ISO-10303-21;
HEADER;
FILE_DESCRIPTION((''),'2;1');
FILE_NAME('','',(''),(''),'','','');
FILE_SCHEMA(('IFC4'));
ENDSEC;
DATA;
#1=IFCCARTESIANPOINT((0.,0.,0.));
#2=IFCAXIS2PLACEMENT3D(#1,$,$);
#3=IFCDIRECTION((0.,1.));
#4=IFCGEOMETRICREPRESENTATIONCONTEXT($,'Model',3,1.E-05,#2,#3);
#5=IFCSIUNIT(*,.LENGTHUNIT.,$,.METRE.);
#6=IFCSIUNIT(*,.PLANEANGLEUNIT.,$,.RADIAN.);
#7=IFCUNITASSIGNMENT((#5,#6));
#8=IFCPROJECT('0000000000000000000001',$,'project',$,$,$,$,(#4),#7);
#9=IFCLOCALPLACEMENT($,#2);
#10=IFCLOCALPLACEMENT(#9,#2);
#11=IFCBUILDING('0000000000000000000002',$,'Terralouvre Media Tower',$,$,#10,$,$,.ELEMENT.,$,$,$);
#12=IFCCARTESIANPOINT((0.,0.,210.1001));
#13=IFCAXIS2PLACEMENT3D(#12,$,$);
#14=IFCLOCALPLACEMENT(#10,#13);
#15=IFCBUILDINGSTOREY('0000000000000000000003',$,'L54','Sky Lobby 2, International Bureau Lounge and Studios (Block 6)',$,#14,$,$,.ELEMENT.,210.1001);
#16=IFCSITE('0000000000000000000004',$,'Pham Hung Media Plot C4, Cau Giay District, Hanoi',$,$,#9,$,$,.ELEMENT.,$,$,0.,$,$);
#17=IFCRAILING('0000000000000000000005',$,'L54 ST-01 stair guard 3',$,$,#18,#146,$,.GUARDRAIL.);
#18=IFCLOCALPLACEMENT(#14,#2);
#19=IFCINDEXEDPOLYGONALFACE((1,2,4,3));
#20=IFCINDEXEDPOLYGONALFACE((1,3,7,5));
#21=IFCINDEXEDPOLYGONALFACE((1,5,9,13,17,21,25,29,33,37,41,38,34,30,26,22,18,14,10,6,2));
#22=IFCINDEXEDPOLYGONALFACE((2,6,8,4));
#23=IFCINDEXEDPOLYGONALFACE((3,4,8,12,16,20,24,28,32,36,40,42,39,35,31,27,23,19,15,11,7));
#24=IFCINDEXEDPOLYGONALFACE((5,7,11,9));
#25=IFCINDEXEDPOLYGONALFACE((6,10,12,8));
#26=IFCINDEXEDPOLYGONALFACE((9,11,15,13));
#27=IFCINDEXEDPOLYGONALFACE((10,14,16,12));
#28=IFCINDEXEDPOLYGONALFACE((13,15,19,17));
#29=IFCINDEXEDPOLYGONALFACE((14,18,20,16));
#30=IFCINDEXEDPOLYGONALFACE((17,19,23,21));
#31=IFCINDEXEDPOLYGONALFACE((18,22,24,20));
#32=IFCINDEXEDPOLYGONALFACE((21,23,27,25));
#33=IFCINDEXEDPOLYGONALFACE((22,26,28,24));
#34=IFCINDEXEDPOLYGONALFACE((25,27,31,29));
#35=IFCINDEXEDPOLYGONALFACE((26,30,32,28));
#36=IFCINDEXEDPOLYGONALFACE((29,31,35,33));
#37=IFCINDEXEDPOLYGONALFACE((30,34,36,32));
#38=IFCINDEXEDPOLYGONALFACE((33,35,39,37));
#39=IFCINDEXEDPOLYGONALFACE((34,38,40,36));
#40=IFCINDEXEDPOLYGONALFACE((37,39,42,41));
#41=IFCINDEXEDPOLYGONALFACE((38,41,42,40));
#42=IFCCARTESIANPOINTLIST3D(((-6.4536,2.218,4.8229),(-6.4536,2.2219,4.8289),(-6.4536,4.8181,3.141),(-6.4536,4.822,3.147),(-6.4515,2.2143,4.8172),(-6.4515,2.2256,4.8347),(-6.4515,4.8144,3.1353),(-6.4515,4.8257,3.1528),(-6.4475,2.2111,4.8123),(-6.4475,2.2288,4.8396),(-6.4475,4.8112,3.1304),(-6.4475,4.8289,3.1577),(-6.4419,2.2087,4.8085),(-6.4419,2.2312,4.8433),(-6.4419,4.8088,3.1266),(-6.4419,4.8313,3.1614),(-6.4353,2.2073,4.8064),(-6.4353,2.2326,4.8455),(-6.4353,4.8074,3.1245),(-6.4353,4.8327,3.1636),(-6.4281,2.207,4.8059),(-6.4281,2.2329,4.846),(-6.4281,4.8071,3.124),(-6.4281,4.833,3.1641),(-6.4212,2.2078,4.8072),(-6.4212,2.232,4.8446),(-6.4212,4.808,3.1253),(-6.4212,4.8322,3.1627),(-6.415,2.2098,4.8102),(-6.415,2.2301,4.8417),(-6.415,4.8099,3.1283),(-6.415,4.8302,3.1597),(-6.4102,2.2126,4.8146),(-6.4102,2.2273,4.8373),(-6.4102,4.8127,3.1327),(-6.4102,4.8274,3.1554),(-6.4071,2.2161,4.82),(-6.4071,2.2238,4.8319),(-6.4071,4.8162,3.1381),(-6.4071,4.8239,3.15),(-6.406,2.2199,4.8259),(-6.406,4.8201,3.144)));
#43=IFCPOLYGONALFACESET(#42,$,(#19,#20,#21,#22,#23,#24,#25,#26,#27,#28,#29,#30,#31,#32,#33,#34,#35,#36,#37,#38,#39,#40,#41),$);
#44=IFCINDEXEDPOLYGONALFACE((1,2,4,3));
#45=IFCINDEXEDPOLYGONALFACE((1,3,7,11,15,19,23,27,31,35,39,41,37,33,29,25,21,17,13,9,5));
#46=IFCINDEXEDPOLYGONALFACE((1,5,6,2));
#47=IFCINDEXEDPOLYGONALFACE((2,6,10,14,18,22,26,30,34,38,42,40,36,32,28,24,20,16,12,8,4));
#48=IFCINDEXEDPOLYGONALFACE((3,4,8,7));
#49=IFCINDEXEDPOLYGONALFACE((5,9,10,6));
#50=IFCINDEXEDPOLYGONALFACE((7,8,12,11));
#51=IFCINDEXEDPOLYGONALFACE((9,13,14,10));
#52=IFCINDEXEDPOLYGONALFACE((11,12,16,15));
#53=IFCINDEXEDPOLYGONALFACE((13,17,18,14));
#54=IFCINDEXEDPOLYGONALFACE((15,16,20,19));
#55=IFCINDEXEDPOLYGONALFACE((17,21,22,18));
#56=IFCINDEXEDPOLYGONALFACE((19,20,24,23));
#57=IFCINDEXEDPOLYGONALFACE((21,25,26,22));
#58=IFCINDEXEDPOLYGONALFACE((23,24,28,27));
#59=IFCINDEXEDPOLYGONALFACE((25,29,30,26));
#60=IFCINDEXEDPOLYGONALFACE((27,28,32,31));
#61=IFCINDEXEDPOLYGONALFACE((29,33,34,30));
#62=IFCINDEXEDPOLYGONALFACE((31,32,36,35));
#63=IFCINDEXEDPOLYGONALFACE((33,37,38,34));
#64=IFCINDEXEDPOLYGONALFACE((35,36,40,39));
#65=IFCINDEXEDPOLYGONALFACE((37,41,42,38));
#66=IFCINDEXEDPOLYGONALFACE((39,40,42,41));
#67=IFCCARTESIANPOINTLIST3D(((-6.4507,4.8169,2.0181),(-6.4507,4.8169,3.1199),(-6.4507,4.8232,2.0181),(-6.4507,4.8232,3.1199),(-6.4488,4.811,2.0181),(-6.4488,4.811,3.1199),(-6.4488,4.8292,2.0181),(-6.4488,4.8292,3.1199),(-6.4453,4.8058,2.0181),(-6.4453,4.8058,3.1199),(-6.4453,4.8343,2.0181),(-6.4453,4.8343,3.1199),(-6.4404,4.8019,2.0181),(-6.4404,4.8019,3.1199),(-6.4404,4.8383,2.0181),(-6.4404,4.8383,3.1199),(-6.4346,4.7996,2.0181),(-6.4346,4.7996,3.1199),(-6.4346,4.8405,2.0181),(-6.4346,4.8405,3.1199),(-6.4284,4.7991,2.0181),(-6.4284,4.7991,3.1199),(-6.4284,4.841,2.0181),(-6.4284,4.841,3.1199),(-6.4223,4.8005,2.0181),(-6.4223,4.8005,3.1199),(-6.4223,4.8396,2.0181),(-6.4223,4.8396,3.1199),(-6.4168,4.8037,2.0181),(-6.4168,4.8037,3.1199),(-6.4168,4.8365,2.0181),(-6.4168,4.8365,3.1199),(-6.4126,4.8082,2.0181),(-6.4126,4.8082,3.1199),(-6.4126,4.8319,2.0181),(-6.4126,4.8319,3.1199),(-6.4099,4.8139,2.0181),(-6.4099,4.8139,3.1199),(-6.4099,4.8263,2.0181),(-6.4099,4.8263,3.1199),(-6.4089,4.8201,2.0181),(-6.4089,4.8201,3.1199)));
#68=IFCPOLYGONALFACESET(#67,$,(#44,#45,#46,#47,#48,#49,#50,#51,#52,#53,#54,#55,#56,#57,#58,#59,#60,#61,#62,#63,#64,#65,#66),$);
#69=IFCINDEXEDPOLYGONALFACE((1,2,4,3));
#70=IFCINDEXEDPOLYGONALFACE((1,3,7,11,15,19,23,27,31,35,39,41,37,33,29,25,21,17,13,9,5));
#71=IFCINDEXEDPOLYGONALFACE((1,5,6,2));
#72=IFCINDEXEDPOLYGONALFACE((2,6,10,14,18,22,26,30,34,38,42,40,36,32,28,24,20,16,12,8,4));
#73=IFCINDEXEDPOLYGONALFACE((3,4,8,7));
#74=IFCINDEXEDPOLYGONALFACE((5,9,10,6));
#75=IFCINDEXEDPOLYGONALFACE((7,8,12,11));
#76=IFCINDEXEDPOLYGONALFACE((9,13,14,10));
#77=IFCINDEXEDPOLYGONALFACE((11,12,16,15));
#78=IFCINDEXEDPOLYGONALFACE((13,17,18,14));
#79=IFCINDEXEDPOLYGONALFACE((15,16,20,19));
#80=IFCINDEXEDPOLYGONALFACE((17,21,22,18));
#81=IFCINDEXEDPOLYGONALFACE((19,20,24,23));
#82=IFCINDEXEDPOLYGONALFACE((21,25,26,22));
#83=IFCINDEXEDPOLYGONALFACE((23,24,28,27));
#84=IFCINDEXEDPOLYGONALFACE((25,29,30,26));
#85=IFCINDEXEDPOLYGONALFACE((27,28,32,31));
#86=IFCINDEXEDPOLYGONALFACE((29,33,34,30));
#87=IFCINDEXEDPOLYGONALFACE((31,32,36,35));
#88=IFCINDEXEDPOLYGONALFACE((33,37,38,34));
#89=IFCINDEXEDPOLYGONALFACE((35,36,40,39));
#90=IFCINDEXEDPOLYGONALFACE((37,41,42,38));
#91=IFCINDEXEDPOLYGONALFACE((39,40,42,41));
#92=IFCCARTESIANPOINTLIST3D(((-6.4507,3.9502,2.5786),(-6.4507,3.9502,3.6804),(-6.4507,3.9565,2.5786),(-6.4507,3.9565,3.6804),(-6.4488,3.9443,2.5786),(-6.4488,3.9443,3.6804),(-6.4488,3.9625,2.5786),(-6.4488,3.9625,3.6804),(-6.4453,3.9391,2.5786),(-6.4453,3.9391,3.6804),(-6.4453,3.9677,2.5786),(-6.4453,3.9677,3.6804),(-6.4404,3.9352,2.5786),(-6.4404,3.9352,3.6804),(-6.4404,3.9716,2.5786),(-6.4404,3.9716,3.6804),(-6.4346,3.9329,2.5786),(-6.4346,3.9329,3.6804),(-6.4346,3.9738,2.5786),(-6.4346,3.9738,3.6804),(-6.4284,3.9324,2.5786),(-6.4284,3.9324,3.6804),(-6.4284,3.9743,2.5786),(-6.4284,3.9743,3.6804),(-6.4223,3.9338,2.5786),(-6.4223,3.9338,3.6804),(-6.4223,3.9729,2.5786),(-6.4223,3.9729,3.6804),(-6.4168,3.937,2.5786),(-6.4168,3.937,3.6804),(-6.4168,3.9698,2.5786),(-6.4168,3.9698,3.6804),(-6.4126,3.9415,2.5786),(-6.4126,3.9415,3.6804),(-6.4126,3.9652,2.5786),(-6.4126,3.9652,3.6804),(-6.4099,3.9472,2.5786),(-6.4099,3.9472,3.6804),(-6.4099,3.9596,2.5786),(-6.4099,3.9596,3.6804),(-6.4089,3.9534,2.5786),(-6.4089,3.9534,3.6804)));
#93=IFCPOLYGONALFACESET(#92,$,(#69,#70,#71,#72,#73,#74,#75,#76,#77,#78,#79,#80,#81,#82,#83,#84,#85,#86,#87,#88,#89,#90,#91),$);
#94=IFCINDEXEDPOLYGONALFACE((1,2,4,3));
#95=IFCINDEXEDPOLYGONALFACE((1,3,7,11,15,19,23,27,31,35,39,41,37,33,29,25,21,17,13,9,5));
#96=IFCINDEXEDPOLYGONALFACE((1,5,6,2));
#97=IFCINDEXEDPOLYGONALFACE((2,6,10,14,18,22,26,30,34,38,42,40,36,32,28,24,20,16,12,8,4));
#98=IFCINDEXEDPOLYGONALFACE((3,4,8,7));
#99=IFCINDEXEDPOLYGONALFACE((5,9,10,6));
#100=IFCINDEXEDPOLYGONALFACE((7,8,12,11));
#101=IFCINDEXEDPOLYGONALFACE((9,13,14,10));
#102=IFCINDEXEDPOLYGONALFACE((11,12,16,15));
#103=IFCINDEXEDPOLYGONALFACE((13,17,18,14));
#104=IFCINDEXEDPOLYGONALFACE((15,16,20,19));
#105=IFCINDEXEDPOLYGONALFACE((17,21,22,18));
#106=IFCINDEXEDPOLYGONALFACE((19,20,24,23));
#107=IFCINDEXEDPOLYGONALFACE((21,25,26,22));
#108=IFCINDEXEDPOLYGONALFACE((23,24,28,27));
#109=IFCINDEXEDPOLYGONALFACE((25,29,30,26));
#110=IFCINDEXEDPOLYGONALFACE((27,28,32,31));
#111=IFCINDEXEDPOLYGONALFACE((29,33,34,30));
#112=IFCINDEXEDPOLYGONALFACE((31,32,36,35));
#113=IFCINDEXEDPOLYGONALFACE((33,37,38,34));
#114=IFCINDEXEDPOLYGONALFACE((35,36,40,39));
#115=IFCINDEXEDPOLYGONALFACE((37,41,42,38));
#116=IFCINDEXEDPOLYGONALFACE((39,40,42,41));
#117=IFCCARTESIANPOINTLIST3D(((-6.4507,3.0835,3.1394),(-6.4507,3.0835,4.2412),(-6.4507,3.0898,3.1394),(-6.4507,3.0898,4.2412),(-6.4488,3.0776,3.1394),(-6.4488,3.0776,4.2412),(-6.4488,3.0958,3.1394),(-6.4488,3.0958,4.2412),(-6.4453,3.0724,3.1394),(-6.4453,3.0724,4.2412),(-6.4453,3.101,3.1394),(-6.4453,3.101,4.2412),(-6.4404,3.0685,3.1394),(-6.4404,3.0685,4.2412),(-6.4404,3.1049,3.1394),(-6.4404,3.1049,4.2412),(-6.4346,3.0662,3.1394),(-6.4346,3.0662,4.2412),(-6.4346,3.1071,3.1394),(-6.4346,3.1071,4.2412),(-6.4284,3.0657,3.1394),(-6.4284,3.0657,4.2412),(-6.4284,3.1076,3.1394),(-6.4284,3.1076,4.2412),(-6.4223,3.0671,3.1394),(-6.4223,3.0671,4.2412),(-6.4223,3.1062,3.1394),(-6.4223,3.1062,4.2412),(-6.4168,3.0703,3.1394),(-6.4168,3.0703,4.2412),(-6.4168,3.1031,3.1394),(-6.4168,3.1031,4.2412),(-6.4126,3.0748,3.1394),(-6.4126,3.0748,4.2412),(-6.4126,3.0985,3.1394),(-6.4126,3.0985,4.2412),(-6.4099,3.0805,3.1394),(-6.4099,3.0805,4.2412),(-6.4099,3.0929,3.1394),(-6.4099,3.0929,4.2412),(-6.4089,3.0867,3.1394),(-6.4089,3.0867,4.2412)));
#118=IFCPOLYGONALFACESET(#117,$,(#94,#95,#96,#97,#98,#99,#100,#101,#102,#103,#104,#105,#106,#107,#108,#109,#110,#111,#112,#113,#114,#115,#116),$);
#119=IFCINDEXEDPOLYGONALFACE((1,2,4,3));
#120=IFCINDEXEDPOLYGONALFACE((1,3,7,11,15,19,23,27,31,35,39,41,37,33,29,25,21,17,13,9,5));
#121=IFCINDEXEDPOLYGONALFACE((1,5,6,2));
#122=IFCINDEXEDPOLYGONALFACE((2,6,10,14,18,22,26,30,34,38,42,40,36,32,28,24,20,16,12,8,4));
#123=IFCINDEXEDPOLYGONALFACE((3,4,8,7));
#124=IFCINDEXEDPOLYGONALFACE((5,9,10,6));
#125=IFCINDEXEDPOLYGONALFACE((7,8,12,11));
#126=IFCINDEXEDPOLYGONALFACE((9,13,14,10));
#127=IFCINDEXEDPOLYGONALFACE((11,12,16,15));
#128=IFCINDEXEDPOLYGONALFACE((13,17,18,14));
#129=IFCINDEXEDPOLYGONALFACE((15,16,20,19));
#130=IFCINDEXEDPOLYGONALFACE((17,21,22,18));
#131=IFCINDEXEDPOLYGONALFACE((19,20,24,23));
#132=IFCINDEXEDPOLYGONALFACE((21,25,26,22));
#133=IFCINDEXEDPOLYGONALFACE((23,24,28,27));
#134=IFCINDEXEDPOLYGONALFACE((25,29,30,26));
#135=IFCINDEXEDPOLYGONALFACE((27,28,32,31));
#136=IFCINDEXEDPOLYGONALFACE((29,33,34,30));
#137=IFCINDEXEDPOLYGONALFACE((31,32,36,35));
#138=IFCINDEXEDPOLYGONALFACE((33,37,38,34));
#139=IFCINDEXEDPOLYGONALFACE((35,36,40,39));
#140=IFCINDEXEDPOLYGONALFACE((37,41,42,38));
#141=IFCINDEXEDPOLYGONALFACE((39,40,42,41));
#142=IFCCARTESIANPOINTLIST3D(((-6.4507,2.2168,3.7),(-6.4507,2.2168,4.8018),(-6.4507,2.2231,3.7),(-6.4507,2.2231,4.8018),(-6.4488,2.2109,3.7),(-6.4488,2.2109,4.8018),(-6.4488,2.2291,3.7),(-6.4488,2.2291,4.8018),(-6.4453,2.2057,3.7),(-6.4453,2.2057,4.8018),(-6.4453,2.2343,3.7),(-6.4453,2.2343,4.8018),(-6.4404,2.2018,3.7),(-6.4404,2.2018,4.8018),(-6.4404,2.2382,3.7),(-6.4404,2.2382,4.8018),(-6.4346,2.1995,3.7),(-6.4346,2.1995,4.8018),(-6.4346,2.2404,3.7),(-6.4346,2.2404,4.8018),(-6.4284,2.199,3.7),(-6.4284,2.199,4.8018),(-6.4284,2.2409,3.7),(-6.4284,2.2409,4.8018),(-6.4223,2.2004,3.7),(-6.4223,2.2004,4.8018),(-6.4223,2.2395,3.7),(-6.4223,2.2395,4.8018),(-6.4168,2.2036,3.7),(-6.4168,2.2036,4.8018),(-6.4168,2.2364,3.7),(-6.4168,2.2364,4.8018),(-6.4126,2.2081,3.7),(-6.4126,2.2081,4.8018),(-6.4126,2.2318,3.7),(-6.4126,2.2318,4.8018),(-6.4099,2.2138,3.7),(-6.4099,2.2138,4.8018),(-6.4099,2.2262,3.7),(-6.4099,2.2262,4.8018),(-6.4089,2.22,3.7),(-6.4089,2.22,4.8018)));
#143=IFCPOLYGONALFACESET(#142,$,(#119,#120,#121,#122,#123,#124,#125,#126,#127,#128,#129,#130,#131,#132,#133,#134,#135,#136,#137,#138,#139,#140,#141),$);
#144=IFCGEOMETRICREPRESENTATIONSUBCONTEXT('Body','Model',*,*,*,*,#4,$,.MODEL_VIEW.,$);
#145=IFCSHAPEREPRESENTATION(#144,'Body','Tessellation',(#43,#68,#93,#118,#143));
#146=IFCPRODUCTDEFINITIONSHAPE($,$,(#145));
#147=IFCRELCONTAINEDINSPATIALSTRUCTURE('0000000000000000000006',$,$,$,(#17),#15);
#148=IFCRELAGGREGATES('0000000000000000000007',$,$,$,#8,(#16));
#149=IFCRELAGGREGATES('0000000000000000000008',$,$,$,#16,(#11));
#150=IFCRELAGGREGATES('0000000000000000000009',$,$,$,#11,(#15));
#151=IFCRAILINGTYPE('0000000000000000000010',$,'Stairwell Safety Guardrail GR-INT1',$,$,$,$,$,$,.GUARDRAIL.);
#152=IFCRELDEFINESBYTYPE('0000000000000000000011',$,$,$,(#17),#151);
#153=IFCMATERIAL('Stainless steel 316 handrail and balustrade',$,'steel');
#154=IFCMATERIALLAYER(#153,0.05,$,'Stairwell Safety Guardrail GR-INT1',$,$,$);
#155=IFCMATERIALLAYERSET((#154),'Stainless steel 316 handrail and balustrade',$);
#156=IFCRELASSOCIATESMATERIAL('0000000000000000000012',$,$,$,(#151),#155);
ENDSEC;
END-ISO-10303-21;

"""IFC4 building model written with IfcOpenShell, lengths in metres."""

from ifc_helpers import new_model, si_unit, direction, frame, origin, origin_2d, place, context, subcontext, project, spatial, circle, extrude, material, layer, layer_set, type_object, element, save


model = new_model("IFC4")

# Units and contexts
model_context = context("Model", 3, precision=1e-05, world=origin(), true_north=direction((0.0, 1.0)))
body_context = subcontext(model_context, "Body", "Model", "MODEL_VIEW")
ifc_project = project(units=[si_unit("LENGTHUNIT", "METRE"), si_unit("PLANEANGLEUNIT", "RADIAN")], contexts=[model_context])

# Site, building, storey
site_placement = place(None, origin())
site = spatial("IfcSite", under=ifc_project, at=site_placement, Name="Pham Hung Media Plot C4, Cau Giay District, Hanoi", CompositionType="ELEMENT", RefElevation=0.0)
building_placement = place(site_placement, origin())
building = spatial("IfcBuilding", under=site, at=building_placement, Name="Terralouvre Media Tower", CompositionType="ELEMENT")
storey_placement = place(building_placement, frame((0.0, 0.0, 210.1001)))
storey = spatial("IfcBuildingStorey", under=building, at=storey_placement, Name="L54", Description="Sky Lobby 2, International Bureau Lounge and Studios (Block 6)", CompositionType="ELEMENT", Elevation=210.1001)

# Railing
ifc_material_1 = material(Name="Stainless steel 316 handrail and balustrade", Category="steel")
ifc_layer_1 = layer(ifc_material_1, 0.05, Name="Stairwell Safety Guardrail GR-INT1")
ifc_layer_set_1 = layer_set([ifc_layer_1], Name="Stainless steel 316 handrail and balustrade")
railing_type_1 = type_object("IfcRailingType", Name="Stairwell Safety Guardrail GR-INT1", PredefinedType="GUARDRAIL", material=ifc_layer_set_1)
railing_1_placement = place(storey_placement, frame((-6.4299, 4.8201, 2.0181)))
element("IfcRailing", 1, at=railing_1_placement, inside=storey, type_object=railing_type_1, Name="L54 ST-01 stair guard 3", PredefinedType="GUARDRAIL", context=body_context, shape_type="SweptSolid", body=[
    extrude(circle(Radius=0.0239, at=origin_2d()), frame((0.0, 0.0, 1.126), z_axis=(0.0, -0.839648, 0.54313), x_axis=(1.0, 0.0, 0.0)), (0.0, 0.0, 1.0), 3.0967),
    extrude(circle(Radius=0.021, at=origin_2d()), origin(), (0.0, 0.0, 1.0), 1.1018),
    extrude(circle(Radius=0.021, at=origin_2d()), frame((0.0, -0.8667, 0.5605)), (0.0, 0.0, 1.0), 1.1018),
    extrude(circle(Radius=0.021, at=origin_2d()), frame((0.0, -1.7334, 1.1213)), (0.0, 0.0, 1.0), 1.1018),
    extrude(circle(Radius=0.021, at=origin_2d()), frame((0.0, -2.6001, 1.6819)), (0.0, 0.0, 1.0), 1.1018),
])

save(model, "model.ifc")
